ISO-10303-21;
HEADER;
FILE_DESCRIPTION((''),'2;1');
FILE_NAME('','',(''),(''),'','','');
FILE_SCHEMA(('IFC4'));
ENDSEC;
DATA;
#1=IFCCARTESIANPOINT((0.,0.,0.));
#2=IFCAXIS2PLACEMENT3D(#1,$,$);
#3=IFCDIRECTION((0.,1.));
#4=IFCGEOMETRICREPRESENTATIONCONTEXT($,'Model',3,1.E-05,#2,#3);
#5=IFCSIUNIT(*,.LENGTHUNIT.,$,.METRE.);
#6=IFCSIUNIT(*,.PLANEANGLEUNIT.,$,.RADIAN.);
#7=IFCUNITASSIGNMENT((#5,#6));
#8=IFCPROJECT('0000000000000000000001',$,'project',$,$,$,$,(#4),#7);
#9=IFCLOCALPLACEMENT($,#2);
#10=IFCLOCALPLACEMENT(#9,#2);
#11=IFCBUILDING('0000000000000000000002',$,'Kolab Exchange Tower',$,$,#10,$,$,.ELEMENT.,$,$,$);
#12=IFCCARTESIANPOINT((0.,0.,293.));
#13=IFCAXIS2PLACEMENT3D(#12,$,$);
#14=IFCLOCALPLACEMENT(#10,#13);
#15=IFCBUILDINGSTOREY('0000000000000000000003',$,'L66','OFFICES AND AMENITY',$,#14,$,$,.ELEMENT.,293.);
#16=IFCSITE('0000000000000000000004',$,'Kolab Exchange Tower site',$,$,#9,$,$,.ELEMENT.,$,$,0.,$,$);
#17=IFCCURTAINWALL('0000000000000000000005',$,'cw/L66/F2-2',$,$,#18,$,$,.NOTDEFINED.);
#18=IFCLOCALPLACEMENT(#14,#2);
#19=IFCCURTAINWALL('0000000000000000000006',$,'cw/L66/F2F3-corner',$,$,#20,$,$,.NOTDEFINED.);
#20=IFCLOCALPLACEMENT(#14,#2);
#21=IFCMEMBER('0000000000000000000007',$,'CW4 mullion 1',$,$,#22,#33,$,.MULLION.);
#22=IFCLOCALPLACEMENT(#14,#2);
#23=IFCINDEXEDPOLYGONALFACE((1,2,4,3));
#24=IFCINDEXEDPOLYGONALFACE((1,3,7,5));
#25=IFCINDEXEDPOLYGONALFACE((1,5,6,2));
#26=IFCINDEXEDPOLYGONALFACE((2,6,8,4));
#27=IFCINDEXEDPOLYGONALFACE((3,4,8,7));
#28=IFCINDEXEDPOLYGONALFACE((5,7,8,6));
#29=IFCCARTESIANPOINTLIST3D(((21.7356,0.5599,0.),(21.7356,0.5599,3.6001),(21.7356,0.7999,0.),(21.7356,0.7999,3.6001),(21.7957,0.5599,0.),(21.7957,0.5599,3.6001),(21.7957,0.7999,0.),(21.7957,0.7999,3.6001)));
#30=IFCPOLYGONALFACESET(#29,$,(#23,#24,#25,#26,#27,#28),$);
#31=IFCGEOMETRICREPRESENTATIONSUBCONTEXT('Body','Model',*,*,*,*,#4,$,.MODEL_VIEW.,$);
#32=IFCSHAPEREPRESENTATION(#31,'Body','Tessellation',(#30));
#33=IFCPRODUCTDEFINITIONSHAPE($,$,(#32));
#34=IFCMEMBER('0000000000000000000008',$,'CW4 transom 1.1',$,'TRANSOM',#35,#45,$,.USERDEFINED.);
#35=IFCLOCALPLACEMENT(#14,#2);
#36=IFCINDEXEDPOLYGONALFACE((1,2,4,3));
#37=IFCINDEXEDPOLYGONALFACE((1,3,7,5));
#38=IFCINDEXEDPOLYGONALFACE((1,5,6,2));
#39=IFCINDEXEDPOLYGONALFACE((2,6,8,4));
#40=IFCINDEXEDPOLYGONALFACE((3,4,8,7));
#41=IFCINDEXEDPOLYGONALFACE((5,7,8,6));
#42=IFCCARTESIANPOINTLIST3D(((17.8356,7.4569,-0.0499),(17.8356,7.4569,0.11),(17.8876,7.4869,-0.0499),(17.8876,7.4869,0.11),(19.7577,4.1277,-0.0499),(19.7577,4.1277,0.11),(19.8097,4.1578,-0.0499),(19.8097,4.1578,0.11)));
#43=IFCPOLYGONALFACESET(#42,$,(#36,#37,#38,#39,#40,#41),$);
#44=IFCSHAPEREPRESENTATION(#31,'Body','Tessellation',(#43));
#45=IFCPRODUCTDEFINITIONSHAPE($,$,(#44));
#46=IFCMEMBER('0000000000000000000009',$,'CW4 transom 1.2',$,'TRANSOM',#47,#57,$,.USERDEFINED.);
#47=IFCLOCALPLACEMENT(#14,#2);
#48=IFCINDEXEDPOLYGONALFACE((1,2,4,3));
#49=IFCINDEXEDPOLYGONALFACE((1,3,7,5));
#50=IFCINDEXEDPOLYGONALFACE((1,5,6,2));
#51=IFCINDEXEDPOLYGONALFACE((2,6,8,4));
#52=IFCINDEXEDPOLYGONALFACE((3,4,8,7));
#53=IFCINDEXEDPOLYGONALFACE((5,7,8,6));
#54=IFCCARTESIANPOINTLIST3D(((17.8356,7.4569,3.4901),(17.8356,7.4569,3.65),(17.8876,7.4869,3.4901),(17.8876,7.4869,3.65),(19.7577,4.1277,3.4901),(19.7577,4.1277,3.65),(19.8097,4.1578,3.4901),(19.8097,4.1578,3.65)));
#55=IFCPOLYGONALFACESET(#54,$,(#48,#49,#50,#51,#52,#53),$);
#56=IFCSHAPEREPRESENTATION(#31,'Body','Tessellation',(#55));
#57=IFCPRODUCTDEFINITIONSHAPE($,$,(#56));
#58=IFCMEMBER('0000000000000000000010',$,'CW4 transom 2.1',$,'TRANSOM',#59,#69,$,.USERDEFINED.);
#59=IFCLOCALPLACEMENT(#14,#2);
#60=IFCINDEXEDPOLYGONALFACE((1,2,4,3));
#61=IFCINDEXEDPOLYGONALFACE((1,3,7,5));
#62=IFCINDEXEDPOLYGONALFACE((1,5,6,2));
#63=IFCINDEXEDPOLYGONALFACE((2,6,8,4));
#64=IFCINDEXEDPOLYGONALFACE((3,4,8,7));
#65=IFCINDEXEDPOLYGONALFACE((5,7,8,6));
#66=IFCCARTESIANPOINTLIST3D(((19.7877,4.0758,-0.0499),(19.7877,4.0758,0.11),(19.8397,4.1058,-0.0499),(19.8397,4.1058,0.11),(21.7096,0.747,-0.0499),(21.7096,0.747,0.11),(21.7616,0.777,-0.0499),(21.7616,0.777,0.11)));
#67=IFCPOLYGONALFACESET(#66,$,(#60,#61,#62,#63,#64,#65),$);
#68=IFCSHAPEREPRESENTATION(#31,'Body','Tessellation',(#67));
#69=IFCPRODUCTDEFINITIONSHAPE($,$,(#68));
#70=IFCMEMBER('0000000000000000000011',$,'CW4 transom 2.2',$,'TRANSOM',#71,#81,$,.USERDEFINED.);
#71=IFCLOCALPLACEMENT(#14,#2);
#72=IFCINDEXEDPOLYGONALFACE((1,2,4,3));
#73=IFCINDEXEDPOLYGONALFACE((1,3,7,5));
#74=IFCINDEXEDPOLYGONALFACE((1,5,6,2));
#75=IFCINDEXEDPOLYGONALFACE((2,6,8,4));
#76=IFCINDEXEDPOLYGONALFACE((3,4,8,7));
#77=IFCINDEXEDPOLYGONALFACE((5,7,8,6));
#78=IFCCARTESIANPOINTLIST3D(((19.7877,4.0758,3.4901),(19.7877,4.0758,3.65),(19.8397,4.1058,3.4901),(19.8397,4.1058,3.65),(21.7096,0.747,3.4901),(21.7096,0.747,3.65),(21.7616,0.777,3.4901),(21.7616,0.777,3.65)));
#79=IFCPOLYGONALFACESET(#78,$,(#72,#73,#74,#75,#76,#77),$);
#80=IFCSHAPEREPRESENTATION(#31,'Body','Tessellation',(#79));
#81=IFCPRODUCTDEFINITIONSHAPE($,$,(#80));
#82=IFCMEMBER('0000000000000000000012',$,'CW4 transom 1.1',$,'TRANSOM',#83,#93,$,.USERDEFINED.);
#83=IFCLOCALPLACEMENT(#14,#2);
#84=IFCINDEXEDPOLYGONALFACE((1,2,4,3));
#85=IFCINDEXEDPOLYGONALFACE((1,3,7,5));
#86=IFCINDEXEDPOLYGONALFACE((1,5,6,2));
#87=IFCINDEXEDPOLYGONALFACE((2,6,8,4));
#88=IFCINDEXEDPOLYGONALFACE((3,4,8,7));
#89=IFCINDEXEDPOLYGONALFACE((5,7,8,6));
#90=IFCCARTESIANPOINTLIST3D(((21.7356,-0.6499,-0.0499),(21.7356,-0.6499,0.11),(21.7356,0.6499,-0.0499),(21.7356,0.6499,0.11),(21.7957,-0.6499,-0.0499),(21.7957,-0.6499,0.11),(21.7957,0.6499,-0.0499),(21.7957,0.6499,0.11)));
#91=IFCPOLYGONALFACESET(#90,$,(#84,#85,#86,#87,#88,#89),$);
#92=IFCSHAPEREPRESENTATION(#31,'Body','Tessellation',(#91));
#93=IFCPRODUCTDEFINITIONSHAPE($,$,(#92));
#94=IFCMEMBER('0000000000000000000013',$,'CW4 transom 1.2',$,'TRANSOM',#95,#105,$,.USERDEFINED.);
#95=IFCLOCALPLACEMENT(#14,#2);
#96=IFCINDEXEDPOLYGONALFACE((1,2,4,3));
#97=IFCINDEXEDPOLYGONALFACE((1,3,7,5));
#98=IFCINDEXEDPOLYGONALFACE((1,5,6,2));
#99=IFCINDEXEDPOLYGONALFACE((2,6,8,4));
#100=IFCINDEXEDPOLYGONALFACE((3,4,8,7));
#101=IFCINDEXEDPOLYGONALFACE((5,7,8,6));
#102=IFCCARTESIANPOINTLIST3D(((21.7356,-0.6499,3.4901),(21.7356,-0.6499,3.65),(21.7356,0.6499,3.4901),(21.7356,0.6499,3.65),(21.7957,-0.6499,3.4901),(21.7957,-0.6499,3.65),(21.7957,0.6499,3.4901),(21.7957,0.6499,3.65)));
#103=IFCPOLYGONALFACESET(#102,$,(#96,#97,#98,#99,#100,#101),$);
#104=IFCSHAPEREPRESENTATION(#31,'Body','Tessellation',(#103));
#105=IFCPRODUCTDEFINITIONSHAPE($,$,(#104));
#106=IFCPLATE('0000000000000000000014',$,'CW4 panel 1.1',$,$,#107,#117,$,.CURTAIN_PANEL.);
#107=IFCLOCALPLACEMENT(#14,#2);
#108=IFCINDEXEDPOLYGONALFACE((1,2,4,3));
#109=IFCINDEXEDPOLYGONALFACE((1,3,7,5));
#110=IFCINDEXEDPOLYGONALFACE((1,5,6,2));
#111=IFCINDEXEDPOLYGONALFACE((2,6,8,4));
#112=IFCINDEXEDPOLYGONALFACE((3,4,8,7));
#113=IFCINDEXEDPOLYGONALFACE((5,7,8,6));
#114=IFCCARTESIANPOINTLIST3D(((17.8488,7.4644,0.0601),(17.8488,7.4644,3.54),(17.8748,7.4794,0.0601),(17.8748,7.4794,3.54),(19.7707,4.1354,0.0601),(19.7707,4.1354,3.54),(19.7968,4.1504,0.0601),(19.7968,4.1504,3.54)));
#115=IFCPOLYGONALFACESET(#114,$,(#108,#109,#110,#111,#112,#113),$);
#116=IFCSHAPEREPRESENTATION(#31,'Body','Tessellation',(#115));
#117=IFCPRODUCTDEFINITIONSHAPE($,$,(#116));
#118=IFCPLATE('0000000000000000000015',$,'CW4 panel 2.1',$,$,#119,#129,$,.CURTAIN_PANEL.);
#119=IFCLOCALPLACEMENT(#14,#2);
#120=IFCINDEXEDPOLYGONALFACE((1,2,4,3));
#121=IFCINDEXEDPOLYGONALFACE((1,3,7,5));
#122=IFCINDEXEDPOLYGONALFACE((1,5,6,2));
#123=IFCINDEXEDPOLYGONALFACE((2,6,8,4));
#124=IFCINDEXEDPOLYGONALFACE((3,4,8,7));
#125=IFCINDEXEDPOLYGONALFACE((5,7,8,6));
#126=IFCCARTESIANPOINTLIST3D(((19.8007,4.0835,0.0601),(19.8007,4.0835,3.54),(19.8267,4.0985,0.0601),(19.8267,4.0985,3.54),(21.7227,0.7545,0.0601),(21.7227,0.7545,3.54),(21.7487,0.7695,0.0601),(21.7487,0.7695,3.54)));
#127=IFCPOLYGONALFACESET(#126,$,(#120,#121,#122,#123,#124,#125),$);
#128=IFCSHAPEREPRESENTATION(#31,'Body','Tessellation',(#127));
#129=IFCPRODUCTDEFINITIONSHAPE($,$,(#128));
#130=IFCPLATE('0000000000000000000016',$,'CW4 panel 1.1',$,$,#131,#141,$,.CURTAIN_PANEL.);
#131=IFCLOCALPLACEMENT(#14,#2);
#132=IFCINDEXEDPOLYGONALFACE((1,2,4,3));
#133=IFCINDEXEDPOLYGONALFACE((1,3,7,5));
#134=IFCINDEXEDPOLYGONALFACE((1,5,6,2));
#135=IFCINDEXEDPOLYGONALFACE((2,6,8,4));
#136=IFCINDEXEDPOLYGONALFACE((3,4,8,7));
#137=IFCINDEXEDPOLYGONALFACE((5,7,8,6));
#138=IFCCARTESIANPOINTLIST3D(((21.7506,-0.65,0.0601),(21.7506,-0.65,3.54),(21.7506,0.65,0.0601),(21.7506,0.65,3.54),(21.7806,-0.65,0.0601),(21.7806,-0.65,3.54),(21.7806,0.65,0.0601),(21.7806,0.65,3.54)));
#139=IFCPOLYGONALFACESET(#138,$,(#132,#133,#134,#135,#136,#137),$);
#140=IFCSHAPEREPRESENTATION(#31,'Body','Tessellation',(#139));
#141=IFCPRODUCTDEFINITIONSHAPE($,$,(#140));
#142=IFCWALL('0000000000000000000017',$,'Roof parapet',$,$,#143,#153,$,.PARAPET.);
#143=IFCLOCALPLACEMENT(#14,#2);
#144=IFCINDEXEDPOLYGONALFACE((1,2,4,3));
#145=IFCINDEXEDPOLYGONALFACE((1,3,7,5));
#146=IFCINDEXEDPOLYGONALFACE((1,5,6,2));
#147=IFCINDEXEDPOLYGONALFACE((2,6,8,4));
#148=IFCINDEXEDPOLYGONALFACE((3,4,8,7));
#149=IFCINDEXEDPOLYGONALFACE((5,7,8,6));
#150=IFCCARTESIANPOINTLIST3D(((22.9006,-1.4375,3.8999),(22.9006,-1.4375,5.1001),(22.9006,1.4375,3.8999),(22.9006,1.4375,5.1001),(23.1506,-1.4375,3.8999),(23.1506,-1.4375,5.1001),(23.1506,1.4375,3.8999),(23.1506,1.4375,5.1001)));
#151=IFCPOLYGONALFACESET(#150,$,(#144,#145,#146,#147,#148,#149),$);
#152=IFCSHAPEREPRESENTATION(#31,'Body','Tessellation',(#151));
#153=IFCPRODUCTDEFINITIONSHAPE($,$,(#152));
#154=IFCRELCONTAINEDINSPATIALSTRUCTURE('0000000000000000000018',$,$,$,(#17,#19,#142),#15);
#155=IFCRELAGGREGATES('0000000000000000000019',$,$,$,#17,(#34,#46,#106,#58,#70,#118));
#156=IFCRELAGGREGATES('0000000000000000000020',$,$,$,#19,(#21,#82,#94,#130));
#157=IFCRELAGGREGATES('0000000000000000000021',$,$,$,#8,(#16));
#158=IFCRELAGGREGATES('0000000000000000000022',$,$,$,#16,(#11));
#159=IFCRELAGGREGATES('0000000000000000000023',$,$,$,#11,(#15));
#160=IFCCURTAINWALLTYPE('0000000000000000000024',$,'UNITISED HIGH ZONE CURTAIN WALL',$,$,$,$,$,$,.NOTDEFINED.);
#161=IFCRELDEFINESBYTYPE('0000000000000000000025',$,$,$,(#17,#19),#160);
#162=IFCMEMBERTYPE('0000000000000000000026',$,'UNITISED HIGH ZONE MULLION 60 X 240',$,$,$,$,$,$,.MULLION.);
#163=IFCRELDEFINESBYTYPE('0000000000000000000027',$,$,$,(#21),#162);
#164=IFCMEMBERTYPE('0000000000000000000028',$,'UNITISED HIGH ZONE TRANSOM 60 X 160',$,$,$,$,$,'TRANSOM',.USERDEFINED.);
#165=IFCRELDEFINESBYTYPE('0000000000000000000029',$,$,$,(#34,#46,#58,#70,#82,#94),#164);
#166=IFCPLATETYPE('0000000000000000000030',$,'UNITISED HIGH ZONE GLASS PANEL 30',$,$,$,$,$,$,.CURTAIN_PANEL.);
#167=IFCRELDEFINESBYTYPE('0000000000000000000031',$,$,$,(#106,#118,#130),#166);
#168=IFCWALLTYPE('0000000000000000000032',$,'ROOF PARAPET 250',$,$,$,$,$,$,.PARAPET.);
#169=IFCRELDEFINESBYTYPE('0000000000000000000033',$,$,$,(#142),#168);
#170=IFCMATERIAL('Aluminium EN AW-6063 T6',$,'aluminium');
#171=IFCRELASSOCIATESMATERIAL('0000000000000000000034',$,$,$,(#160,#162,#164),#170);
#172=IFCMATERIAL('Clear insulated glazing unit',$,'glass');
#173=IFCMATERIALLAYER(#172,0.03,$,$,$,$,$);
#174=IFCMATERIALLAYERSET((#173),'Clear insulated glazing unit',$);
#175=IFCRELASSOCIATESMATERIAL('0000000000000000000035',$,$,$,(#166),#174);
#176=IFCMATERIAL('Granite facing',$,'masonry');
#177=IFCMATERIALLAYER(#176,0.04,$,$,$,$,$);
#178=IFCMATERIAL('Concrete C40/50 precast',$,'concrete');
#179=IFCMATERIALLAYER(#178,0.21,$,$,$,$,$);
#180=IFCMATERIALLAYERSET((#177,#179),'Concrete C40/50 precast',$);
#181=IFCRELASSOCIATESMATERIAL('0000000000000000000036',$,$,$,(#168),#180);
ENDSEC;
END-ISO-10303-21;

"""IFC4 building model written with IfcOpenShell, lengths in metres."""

from ifc_helpers import new_model, si_unit, direction, frame, frame_2d, origin, origin_2d, place, context, subcontext, project, spatial, rectangle, extrude, material, layer, layer_set, material_profile, profile_set, type_object, element, aggregate, save


model = new_model("IFC4")

# Units and contexts
model_context = context("Model", 3, precision=1e-05, world=origin(), true_north=direction((0.0, 1.0)))
body_context = subcontext(model_context, "Body", "Model", "MODEL_VIEW")
ifc_project = project(units=[si_unit("LENGTHUNIT", "METRE"), si_unit("PLANEANGLEUNIT", "RADIAN")], contexts=[model_context])

# Site, building, storey
site_placement = place(None, origin())
site = spatial("IfcSite", under=ifc_project, at=site_placement, Name="Kolab Exchange Tower site", CompositionType="ELEMENT", RefElevation=0.0)
building_placement = place(site_placement, origin())
building = spatial("IfcBuilding", under=site, at=building_placement, Name="Kolab Exchange Tower", CompositionType="ELEMENT")
storey_placement = place(building_placement, frame((0.0, 0.0, 293.0)))
storey = spatial("IfcBuildingStorey", under=building, at=storey_placement, Name="L66", Description="OFFICES AND AMENITY", CompositionType="ELEMENT", Elevation=293.0)

# Shared definitions
ifc_material_1 = material(Name="Aluminium EN AW-6063 T6", Category="aluminium")
curtain_wall_type = type_object("IfcCurtainWallType", Name="UNITISED HIGH ZONE CURTAIN WALL", PredefinedType="NOTDEFINED", material=ifc_material_1)
ifc_material_profile_1 = material_profile(ifc_material_1, rectangle(XDim=0.0601, YDim=0.24, at=origin_2d()), Name="RECT 60X240")
ifc_profile_set_1 = profile_set([ifc_material_profile_1], Name="Aluminium EN AW-6063 T6")
member_type_1 = type_object("IfcMemberType", Name="UNITISED HIGH ZONE MULLION 60 X 240", PredefinedType="MULLION", material=ifc_profile_set_1)

# Curtain wall
curtain_wall_1_placement = place(storey_placement, origin())
curtain_wall_1 = element("IfcCurtainWall", 1, at=curtain_wall_1_placement, inside=storey, type_object=curtain_wall_type, Name="cw/L66/F2-2", PredefinedType="NOTDEFINED")

# Curtain wall, member
curtain_wall_2_placement = place(storey_placement, origin())
curtain_wall_2 = element("IfcCurtainWall", 2, at=curtain_wall_2_placement, inside=storey, type_object=curtain_wall_type, Name="cw/L66/F2F3-corner", PredefinedType="NOTDEFINED")
member_1_placement = place(storey_placement, frame((21.7656, 0.6799, 0.0), z_axis=(0.0, 0.0, 1.0), x_axis=(1.0, 0.0, 0.0)))
member_1 = element("IfcMember", 3, at=member_1_placement, type_object=member_type_1, Name="CW4 mullion 1", PredefinedType="MULLION", context=body_context, shape_type="SweptSolid", body=[
    extrude(rectangle(XDim=0.0601, YDim=0.24, at=origin_2d()), origin(), (0.0, 0.0, 1.0), 3.6001),
])

# Members
ifc_material_profile_2 = material_profile(ifc_material_1, rectangle(XDim=0.0601, YDim=0.1599, at=origin_2d()), Name="RECT 60X160")
ifc_profile_set_2 = profile_set([ifc_material_profile_2], Name="Aluminium EN AW-6063 T6")
member_type_2 = type_object("IfcMemberType", Name="UNITISED HIGH ZONE TRANSOM 60 X 160", ElementType="TRANSOM", PredefinedType="USERDEFINED", material=ifc_profile_set_2)
member_2_placement = place(storey_placement, frame((17.8616, 7.4719, 0.03), z_axis=(0.500012, -0.866018, 0.0), x_axis=(0.866018, 0.500012, 0.0)))
member_2 = element("IfcMember", 4, at=member_2_placement, type_object=member_type_2, Name="CW4 transom 1.1", ObjectType="TRANSOM", PredefinedType="USERDEFINED", context=body_context, shape_type="SweptSolid", body=[
    extrude(rectangle(XDim=0.0601, YDim=0.1599, at=origin_2d()), origin(), (0.0, 0.0, 1.0), 3.8442),
])
member_3_placement = place(storey_placement, frame((17.8616, 7.4719, 3.5701), z_axis=(0.500012, -0.866018, 0.0), x_axis=(0.866018, 0.500012, 0.0)))
member_3 = element("IfcMember", 5, at=member_3_placement, type_object=member_type_2, Name="CW4 transom 1.2", ObjectType="TRANSOM", PredefinedType="USERDEFINED", context=body_context, shape_type="SweptSolid", body=[
    extrude(rectangle(XDim=0.0601, YDim=0.1599, at=origin_2d()), origin(), (0.0, 0.0, 1.0), 3.8442),
])
member_4_placement = place(storey_placement, frame((19.8137, 4.0908, 0.03), z_axis=(0.499992, -0.86603, 0.0), x_axis=(0.86603, 0.499992, 0.0)))
member_4 = element("IfcMember", 6, at=member_4_placement, type_object=member_type_2, Name="CW4 transom 2.1", ObjectType="TRANSOM", PredefinedType="USERDEFINED", context=body_context, shape_type="SweptSolid", body=[
    extrude(rectangle(XDim=0.0601, YDim=0.1599, at=origin_2d()), origin(), (0.0, 0.0, 1.0), 3.8438),
])
member_5_placement = place(storey_placement, frame((19.8137, 4.0908, 3.5701), z_axis=(0.499992, -0.86603, 0.0), x_axis=(0.86603, 0.499992, 0.0)))
member_5 = element("IfcMember", 7, at=member_5_placement, type_object=member_type_2, Name="CW4 transom 2.2", ObjectType="TRANSOM", PredefinedType="USERDEFINED", context=body_context, shape_type="SweptSolid", body=[
    extrude(rectangle(XDim=0.0601, YDim=0.1599, at=origin_2d()), origin(), (0.0, 0.0, 1.0), 3.8438),
])
member_6_placement = place(storey_placement, frame((21.7656, 0.6499, 0.03), z_axis=(0.0, -1.0, 0.0), x_axis=(1.0, 0.0, 0.0)))
member_6 = element("IfcMember", 8, at=member_6_placement, type_object=member_type_2, Name="CW4 transom 1.1", ObjectType="TRANSOM", PredefinedType="USERDEFINED", context=body_context, shape_type="SweptSolid", body=[
    extrude(rectangle(XDim=0.0601, YDim=0.1599, at=origin_2d()), origin(), (0.0, 0.0, 1.0), 1.2998),
])
member_7_placement = place(storey_placement, frame((21.7656, 0.6499, 3.5701), z_axis=(0.0, -1.0, 0.0), x_axis=(1.0, 0.0, 0.0)))
member_7 = element("IfcMember", 9, at=member_7_placement, type_object=member_type_2, Name="CW4 transom 1.2", ObjectType="TRANSOM", PredefinedType="USERDEFINED", context=body_context, shape_type="SweptSolid", body=[
    extrude(rectangle(XDim=0.0601, YDim=0.1599, at=origin_2d()), origin(), (0.0, 0.0, 1.0), 1.2998),
])

# Plates
ifc_material_2 = material(Name="Clear insulated glazing unit", Category="glass")
ifc_layer_1 = layer(ifc_material_2, 0.03)
ifc_layer_set_1 = layer_set([ifc_layer_1], Name="Clear insulated glazing unit")
plate_type = type_object("IfcPlateType", Name="UNITISED HIGH ZONE GLASS PANEL 30", PredefinedType="CURTAIN_PANEL", material=ifc_layer_set_1)
plate_1_placement = place(storey_placement, frame((18.8228, 5.8074, 0.0601), z_axis=(0.0, 0.0, 1.0), x_axis=(0.5, -0.866025, 0.0)))
plate_1 = element("IfcPlate", 10, at=plate_1_placement, type_object=plate_type, Name="CW4 panel 1.1", PredefinedType="CURTAIN_PANEL", context=body_context, shape_type="SweptSolid", body=[
    extrude(rectangle(XDim=3.844, YDim=0.03, at=origin_2d()), origin(), (0.0, 0.0, 1.0), 3.48),
])
plate_2_placement = place(storey_placement, frame((20.7747, 2.4265, 0.0601), z_axis=(0.0, 0.0, 1.0), x_axis=(0.5, -0.866025, 0.0)))
plate_2 = element("IfcPlate", 11, at=plate_2_placement, type_object=plate_type, Name="CW4 panel 2.1", PredefinedType="CURTAIN_PANEL", context=body_context, shape_type="SweptSolid", body=[
    extrude(rectangle(XDim=3.844, YDim=0.03, at=origin_2d()), origin(), (0.0, 0.0, 1.0), 3.48),
])
aggregate(curtain_wall_1, [member_2, member_3, plate_1, member_4, member_5, plate_2])
plate_3_placement = place(storey_placement, frame((21.7656, 0.0, 0.0601), z_axis=(0.0, 0.0, 1.0), x_axis=(0.0, -1.0, 0.0)))
plate_3 = element("IfcPlate", 12, at=plate_3_placement, type_object=plate_type, Name="CW4 panel 1.1", PredefinedType="CURTAIN_PANEL", context=body_context, shape_type="SweptSolid", body=[
    extrude(rectangle(XDim=1.3, YDim=0.03, at=origin_2d()), origin(), (0.0, 0.0, 1.0), 3.48),
])
aggregate(curtain_wall_2, [member_1, member_6, member_7, plate_3])

# Wall
ifc_material_3 = material(Name="Granite facing", Category="masonry")
ifc_layer_2 = layer(ifc_material_3, 0.04)
ifc_material_4 = material(Name="Concrete C40/50 precast", Category="concrete")
ifc_layer_3 = layer(ifc_material_4, 0.21)
ifc_layer_set_2 = layer_set([ifc_layer_2, ifc_layer_3], Name="Concrete C40/50 precast")
wall_type_1 = type_object("IfcWallType", Name="ROOF PARAPET 250", PredefinedType="PARAPET", material=ifc_layer_set_2)
wall_1_placement = place(storey_placement, frame((23.0256, 1.4375, 3.8999), z_axis=(0.0, 0.0, 1.0), x_axis=(0.0, -1.0, 0.0)))
element("IfcWall", 13, at=wall_1_placement, inside=storey, type_object=wall_type_1, Name="Roof parapet", PredefinedType="PARAPET", context=body_context, shape_type="SweptSolid", body=[
    extrude(rectangle(XDim=2.875, YDim=0.25, at=frame_2d((1.4375, 0.0))), origin(), (0.0, 0.0, 1.0), 1.2002),
])

save(model, "model.ifc")
